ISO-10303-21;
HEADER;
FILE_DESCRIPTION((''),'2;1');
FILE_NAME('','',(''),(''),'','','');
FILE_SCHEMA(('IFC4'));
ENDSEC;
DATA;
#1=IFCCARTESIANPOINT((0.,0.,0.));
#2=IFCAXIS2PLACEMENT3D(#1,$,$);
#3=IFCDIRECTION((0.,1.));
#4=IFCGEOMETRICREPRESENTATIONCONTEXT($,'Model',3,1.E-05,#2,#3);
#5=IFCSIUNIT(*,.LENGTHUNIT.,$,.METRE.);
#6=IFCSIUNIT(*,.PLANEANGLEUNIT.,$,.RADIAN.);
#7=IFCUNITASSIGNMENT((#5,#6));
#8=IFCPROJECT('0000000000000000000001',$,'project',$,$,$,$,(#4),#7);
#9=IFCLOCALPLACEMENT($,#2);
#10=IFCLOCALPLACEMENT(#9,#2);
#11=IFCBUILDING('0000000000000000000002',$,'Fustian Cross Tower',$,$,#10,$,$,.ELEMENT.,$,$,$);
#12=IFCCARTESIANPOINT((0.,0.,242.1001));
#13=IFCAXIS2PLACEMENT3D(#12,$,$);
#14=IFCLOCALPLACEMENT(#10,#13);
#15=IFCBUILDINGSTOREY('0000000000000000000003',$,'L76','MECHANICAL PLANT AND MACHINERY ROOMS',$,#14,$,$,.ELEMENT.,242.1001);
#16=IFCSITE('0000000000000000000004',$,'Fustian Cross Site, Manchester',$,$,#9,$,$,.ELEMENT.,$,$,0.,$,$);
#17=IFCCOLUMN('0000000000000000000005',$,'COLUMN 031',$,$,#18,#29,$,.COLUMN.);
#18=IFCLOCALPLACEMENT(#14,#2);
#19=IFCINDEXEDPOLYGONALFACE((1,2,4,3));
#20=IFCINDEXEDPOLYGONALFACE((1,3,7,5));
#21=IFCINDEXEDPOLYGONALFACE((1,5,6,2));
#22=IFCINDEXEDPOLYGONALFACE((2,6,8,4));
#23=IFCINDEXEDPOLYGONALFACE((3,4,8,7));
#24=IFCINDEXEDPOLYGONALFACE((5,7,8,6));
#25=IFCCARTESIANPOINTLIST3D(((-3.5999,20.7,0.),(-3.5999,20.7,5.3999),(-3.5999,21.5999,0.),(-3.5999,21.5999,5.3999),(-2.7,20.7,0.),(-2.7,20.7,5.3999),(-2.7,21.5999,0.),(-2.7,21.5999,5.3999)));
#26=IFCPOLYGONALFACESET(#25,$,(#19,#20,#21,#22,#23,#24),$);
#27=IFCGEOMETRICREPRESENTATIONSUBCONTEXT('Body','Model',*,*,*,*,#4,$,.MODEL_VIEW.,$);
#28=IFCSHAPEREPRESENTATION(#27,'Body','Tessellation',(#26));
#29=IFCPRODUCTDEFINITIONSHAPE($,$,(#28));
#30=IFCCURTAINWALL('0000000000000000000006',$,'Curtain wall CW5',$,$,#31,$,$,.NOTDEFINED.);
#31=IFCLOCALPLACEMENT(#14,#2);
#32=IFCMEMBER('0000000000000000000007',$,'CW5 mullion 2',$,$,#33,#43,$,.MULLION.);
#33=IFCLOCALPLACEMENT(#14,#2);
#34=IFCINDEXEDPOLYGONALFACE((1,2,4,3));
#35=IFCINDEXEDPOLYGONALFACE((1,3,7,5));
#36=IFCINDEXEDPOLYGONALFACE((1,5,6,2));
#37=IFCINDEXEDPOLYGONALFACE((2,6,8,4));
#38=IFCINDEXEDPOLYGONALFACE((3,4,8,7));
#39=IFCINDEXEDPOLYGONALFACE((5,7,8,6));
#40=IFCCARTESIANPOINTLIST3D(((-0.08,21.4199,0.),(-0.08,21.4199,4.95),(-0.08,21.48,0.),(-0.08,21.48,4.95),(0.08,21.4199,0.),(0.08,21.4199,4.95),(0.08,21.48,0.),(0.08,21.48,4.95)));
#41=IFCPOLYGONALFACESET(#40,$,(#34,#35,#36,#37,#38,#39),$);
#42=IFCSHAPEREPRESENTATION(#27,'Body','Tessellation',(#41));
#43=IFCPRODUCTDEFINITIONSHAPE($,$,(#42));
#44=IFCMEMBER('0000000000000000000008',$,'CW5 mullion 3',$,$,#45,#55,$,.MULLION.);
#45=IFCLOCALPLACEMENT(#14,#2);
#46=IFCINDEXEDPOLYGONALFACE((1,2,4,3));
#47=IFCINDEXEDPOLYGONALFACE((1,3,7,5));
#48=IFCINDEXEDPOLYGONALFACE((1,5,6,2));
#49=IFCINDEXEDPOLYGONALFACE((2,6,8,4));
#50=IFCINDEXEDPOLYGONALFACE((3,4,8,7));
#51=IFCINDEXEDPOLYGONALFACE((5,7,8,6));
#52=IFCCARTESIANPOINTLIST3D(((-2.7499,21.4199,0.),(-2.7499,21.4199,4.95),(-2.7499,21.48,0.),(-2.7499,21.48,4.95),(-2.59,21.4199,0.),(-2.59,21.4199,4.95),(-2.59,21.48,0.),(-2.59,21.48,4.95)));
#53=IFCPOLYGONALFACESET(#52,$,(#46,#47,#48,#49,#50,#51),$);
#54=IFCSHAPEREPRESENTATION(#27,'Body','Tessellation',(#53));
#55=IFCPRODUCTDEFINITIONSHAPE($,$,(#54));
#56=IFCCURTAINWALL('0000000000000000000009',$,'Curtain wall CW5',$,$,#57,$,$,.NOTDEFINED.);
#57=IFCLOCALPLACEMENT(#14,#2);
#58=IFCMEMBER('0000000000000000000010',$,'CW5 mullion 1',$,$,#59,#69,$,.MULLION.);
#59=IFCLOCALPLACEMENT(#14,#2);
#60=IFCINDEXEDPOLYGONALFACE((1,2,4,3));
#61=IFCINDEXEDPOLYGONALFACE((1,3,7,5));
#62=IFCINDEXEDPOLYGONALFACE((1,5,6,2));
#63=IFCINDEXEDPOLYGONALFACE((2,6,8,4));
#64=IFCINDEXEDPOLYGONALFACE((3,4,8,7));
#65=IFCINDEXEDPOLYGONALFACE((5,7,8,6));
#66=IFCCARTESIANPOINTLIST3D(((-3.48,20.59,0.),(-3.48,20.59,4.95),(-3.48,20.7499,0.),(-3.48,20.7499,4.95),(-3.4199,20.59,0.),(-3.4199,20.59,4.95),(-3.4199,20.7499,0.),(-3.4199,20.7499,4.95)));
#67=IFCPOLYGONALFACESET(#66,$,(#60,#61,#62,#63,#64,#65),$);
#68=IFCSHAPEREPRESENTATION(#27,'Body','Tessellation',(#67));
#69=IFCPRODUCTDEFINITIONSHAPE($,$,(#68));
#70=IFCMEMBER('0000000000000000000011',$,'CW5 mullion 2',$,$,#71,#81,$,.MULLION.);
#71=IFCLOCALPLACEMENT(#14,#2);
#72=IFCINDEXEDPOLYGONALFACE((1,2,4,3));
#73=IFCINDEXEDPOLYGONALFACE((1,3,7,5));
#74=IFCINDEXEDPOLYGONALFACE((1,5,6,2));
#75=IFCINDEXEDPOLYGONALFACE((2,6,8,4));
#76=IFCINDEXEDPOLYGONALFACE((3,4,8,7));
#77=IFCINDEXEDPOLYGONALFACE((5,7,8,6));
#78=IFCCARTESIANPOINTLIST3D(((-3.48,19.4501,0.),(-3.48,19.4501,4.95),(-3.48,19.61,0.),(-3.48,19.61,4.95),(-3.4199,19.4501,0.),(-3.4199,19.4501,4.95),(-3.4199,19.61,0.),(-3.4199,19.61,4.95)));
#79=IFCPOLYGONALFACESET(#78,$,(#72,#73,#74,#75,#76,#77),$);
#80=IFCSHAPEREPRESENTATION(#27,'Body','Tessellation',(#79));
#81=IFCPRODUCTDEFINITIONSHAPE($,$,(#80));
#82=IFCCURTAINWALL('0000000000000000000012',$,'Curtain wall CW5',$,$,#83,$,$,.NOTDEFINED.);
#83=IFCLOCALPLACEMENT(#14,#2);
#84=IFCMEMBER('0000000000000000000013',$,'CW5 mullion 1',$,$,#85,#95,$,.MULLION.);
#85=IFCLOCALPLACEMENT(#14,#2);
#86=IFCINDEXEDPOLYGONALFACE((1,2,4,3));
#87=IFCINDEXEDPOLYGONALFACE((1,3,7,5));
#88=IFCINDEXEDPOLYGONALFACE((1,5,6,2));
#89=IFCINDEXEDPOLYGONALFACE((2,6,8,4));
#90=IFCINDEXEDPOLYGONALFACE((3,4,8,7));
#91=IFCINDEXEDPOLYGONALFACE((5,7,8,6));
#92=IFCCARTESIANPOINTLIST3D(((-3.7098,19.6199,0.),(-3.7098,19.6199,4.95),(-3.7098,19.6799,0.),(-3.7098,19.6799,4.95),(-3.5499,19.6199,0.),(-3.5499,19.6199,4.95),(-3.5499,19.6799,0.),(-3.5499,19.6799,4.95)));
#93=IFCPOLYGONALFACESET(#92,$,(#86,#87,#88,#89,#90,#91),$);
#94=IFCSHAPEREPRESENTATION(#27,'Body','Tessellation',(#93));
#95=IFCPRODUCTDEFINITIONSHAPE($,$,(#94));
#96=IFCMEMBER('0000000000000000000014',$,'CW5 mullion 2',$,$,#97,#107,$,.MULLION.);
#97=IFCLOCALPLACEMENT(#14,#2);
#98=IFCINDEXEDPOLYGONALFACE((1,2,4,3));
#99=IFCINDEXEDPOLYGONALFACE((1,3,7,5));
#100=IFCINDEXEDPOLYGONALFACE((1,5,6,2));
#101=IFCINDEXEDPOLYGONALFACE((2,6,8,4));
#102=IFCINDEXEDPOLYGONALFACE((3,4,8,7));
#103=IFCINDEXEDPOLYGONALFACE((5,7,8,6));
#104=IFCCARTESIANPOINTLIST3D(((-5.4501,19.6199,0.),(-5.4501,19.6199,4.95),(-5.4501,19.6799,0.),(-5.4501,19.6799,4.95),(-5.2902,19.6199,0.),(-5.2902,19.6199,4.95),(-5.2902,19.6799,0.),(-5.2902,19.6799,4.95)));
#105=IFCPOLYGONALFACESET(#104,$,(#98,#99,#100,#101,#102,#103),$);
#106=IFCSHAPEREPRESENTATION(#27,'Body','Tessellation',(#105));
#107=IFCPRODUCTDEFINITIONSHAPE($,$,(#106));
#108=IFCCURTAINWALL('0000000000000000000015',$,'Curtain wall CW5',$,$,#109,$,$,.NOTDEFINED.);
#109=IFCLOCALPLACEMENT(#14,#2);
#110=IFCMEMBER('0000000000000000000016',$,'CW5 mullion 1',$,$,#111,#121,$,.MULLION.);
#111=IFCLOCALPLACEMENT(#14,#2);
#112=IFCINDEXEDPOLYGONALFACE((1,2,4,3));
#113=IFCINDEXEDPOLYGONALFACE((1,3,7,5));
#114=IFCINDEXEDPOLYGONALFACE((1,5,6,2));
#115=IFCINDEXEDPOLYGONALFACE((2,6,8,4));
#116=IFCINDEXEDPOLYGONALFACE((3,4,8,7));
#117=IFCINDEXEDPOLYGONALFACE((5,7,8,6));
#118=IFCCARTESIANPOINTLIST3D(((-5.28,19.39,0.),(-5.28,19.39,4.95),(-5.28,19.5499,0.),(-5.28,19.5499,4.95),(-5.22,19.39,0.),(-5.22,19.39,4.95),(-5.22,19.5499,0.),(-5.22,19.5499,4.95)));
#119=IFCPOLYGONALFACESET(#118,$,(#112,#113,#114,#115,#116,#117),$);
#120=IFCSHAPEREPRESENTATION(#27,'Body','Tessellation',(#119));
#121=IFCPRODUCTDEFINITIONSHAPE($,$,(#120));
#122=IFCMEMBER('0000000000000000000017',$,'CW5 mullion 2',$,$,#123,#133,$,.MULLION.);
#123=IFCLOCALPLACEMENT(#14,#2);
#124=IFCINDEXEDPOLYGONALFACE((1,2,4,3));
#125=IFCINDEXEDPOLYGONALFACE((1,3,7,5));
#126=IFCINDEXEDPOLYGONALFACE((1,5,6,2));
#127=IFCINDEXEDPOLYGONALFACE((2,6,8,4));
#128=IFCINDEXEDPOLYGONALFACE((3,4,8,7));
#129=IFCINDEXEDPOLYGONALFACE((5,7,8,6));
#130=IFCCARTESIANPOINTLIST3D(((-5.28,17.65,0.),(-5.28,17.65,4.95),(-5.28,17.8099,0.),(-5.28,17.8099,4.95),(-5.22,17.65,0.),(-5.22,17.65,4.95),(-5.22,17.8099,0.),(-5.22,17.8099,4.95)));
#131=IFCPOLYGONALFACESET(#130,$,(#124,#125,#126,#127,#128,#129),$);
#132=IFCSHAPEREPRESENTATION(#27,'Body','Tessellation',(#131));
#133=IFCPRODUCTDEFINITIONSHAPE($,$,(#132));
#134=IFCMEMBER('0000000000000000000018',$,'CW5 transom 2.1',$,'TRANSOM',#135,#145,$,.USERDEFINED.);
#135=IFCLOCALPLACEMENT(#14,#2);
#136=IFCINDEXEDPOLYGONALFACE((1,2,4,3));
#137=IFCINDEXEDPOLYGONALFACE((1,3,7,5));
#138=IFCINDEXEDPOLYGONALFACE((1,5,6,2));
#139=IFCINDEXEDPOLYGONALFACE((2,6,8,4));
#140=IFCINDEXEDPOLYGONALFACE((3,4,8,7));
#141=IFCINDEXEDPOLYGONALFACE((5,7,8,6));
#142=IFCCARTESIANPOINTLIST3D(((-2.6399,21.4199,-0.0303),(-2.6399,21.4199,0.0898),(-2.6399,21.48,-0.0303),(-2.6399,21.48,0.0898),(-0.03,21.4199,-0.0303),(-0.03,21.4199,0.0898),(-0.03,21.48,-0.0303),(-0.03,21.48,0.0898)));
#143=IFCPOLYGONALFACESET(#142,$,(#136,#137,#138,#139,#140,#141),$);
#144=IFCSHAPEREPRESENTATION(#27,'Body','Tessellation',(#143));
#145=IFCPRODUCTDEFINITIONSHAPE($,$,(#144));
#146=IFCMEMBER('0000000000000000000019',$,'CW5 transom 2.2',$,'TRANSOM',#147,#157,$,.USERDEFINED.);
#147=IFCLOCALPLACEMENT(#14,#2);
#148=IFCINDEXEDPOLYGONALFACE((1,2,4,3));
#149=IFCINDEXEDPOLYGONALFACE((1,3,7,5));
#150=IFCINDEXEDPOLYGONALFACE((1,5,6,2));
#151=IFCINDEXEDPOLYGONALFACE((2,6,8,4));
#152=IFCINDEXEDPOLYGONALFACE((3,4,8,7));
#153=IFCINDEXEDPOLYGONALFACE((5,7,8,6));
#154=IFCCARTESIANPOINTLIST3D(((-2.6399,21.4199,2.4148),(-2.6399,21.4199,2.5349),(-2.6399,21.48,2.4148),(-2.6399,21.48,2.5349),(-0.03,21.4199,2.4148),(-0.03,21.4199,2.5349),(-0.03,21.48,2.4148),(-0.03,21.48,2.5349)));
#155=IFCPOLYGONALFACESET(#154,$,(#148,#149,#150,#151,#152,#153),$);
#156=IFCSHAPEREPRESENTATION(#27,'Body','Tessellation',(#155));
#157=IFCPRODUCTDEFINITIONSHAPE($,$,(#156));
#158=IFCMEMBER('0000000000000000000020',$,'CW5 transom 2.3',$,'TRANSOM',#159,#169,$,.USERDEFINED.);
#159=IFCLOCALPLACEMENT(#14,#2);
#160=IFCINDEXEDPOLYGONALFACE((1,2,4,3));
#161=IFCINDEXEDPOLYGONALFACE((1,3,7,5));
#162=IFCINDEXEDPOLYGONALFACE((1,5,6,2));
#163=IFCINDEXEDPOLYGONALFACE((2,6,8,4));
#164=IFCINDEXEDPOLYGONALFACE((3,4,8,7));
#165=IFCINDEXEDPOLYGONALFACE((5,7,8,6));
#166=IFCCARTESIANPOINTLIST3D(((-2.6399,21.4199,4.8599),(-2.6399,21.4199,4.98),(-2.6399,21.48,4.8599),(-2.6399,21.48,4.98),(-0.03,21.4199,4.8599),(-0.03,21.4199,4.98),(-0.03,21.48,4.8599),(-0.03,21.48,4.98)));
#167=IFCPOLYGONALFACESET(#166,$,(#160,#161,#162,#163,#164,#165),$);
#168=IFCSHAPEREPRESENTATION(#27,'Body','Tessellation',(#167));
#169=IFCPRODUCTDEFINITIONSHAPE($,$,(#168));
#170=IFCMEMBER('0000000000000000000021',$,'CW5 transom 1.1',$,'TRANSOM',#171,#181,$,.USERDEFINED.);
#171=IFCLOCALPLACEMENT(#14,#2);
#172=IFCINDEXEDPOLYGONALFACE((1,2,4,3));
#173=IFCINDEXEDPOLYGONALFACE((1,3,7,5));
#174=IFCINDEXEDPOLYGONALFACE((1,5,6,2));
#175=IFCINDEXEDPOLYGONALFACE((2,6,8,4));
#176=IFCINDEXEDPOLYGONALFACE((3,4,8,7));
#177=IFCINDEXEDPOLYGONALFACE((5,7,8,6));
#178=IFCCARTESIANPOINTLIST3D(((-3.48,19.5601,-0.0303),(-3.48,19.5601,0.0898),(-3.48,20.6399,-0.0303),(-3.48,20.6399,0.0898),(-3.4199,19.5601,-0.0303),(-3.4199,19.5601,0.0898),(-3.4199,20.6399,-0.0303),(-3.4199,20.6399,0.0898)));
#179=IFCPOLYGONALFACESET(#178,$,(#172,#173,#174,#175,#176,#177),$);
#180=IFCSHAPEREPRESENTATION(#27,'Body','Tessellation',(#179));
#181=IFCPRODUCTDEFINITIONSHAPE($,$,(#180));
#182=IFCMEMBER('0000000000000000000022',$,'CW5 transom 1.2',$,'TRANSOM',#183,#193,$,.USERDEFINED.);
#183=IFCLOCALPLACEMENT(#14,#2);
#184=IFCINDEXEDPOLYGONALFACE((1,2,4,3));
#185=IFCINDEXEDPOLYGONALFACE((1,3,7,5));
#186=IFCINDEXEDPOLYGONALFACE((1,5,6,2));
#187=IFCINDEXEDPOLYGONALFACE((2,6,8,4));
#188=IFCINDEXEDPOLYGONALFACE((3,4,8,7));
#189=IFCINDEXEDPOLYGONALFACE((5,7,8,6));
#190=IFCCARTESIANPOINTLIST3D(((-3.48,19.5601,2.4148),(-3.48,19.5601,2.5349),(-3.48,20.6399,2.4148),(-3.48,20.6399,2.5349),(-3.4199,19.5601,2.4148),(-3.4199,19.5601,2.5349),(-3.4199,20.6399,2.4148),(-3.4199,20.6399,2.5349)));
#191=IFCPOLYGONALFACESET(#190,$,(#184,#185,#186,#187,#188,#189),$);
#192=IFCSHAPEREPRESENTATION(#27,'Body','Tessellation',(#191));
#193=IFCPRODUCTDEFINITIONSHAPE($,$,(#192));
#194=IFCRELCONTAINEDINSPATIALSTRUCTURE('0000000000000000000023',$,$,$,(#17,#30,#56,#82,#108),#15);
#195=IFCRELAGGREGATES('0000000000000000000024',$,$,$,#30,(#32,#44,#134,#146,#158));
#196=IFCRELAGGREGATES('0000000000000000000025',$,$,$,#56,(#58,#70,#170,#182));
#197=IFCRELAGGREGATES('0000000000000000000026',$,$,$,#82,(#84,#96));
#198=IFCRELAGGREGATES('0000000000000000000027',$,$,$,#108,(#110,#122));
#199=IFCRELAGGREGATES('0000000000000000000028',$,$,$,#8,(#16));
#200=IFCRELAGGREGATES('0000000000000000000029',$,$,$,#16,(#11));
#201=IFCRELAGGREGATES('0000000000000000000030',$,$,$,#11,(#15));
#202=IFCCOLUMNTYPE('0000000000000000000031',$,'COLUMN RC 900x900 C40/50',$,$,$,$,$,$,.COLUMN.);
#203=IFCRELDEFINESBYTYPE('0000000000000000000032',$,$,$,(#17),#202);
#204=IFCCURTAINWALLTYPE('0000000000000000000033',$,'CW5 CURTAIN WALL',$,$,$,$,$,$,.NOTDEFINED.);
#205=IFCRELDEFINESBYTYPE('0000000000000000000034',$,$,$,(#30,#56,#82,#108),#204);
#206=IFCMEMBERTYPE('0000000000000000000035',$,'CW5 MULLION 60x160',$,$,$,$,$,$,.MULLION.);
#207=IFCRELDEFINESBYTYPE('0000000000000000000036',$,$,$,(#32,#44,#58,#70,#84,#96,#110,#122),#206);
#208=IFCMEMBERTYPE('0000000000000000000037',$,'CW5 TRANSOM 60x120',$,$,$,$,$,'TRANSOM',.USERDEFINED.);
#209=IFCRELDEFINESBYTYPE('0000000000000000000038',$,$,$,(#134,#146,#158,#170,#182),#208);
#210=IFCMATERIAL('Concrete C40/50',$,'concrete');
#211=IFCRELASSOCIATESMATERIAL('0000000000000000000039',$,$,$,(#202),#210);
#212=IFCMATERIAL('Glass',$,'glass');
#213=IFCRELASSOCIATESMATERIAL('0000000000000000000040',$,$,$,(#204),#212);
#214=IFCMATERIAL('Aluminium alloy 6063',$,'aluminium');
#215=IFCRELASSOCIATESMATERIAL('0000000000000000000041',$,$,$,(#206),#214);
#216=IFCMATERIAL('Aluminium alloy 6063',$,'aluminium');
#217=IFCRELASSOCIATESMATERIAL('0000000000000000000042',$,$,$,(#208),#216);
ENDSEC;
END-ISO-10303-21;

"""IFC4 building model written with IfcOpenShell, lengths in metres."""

from ifc_helpers import new_model, si_unit, direction, frame, origin, origin_2d, place, context, subcontext, project, spatial, rectangle, extrude, material, material_profile, profile_set, type_object, element, aggregate, save


model = new_model("IFC4")

# Units and contexts
model_context = context("Model", 3, precision=1e-05, world=origin(), true_north=direction((0.0, 1.0)))
body_context = subcontext(model_context, "Body", "Model", "MODEL_VIEW")
ifc_project = project(units=[si_unit("LENGTHUNIT", "METRE"), si_unit("PLANEANGLEUNIT", "RADIAN")], contexts=[model_context])

# Site, building, storey
site_placement = place(None, origin())
site = spatial("IfcSite", under=ifc_project, at=site_placement, Name="Fustian Cross Site, Manchester", CompositionType="ELEMENT", RefElevation=0.0)
building_placement = place(site_placement, origin())
building = spatial("IfcBuilding", under=site, at=building_placement, Name="Fustian Cross Tower", CompositionType="ELEMENT")
storey_placement = place(building_placement, frame((0.0, 0.0, 242.1001)))
storey = spatial("IfcBuildingStorey", under=building, at=storey_placement, Name="L76", Description="MECHANICAL PLANT AND MACHINERY ROOMS", CompositionType="ELEMENT", Elevation=242.1001)

# Column
ifc_material_1 = material(Name="Concrete C40/50", Category="concrete")
ifc_material_profile_1 = material_profile(ifc_material_1, rectangle(XDim=0.8999, YDim=0.8999, at=origin_2d()), Name="RC 900x900")
ifc_profile_set_1 = profile_set([ifc_material_profile_1], Name="Concrete C40/50")
column_type = type_object("IfcColumnType", Name="COLUMN RC 900x900 C40/50", PredefinedType="COLUMN", material=ifc_profile_set_1)
column_placement = place(storey_placement, frame((-3.1499, 21.1499, 0.0), z_axis=(0.0, 0.0, 1.0), x_axis=(1.0, 0.0, 0.0)))
element("IfcColumn", 1, at=column_placement, inside=storey, type_object=column_type, Name="COLUMN 031", PredefinedType="COLUMN", context=body_context, shape_type="SweptSolid", body=[
    extrude(rectangle(XDim=0.8999, YDim=0.8999, at=origin_2d()), origin(), (0.0, 0.0, 1.0), 5.3999),
])

# Curtain walls, members
ifc_material_2 = material(Name="Glass", Category="glass")
curtain_wall_type = type_object("IfcCurtainWallType", Name="CW5 CURTAIN WALL", PredefinedType="NOTDEFINED", material=ifc_material_2)
curtain_wall_1_placement = place(storey_placement, origin())
curtain_wall_1 = element("IfcCurtainWall", 2, at=curtain_wall_1_placement, inside=storey, type_object=curtain_wall_type, Name="Curtain wall CW5", PredefinedType="NOTDEFINED")
ifc_material_3 = material(Name="Aluminium alloy 6063", Category="aluminium")
ifc_material_profile_2 = material_profile(ifc_material_3, rectangle(XDim=0.0601, YDim=0.1599, at=origin_2d()), Name="CW5 MULLION 60x160")
ifc_profile_set_2 = profile_set([ifc_material_profile_2], Name="Aluminium alloy 6063")
member_type_1 = type_object("IfcMemberType", Name="CW5 MULLION 60x160", PredefinedType="MULLION", material=ifc_profile_set_2)
member_1_placement = place(storey_placement, frame((0.0, 21.45, 0.0), z_axis=(0.0, 0.0, 1.0), x_axis=(0.0, -1.0, 0.0)))
member_1 = element("IfcMember", 3, at=member_1_placement, type_object=member_type_1, Name="CW5 mullion 2", PredefinedType="MULLION", context=body_context, shape_type="SweptSolid", body=[
    extrude(rectangle(XDim=0.0601, YDim=0.1599, at=origin_2d()), origin(), (0.0, 0.0, 1.0), 4.95),
])
member_2_placement = place(storey_placement, frame((-2.6699, 21.45, 0.0), z_axis=(0.0, 0.0, 1.0), x_axis=(0.0, -1.0, 0.0)))
member_2 = element("IfcMember", 4, at=member_2_placement, type_object=member_type_1, Name="CW5 mullion 3", PredefinedType="MULLION", context=body_context, shape_type="SweptSolid", body=[
    extrude(rectangle(XDim=0.0601, YDim=0.1599, at=origin_2d()), origin(), (0.0, 0.0, 1.0), 4.95),
])
curtain_wall_2_placement = place(storey_placement, origin())
curtain_wall_2 = element("IfcCurtainWall", 5, at=curtain_wall_2_placement, inside=storey, type_object=curtain_wall_type, Name="Curtain wall CW5", PredefinedType="NOTDEFINED")
member_3_placement = place(storey_placement, frame((-3.45, 20.6699, 0.0), z_axis=(0.0, 0.0, 1.0), x_axis=(1.0, 0.0, 0.0)))
member_3 = element("IfcMember", 6, at=member_3_placement, type_object=member_type_1, Name="CW5 mullion 1", PredefinedType="MULLION", context=body_context, shape_type="SweptSolid", body=[
    extrude(rectangle(XDim=0.0601, YDim=0.1599, at=origin_2d()), origin(), (0.0, 0.0, 1.0), 4.95),
])
member_4_placement = place(storey_placement, frame((-3.45, 19.53, 0.0), z_axis=(0.0, 0.0, 1.0), x_axis=(1.0, 0.0, 0.0)))
member_4 = element("IfcMember", 7, at=member_4_placement, type_object=member_type_1, Name="CW5 mullion 2", PredefinedType="MULLION", context=body_context, shape_type="SweptSolid", body=[
    extrude(rectangle(XDim=0.0601, YDim=0.1599, at=origin_2d()), origin(), (0.0, 0.0, 1.0), 4.95),
])
curtain_wall_3_placement = place(storey_placement, origin())
curtain_wall_3 = element("IfcCurtainWall", 8, at=curtain_wall_3_placement, inside=storey, type_object=curtain_wall_type, Name="Curtain wall CW5", PredefinedType="NOTDEFINED")
member_5_placement = place(storey_placement, frame((-3.6299, 19.6499, 0.0), z_axis=(0.0, 0.0, 1.0), x_axis=(0.0, -1.0, 0.0)))
member_5 = element("IfcMember", 9, at=member_5_placement, type_object=member_type_1, Name="CW5 mullion 1", PredefinedType="MULLION", context=body_context, shape_type="SweptSolid", body=[
    extrude(rectangle(XDim=0.0601, YDim=0.1599, at=origin_2d()), origin(), (0.0, 0.0, 1.0), 4.95),
])
member_6_placement = place(storey_placement, frame((-5.3701, 19.6499, 0.0), z_axis=(0.0, 0.0, 1.0), x_axis=(0.0, -1.0, 0.0)))
member_6 = element("IfcMember", 10, at=member_6_placement, type_object=member_type_1, Name="CW5 mullion 2", PredefinedType="MULLION", context=body_context, shape_type="SweptSolid", body=[
    extrude(rectangle(XDim=0.0601, YDim=0.1599, at=origin_2d()), origin(), (0.0, 0.0, 1.0), 4.95),
])
curtain_wall_4_placement = place(storey_placement, origin())
curtain_wall_4 = element("IfcCurtainWall", 11, at=curtain_wall_4_placement, inside=storey, type_object=curtain_wall_type, Name="Curtain wall CW5", PredefinedType="NOTDEFINED")
member_7_placement = place(storey_placement, frame((-5.25, 19.47, 0.0), z_axis=(0.0, 0.0, 1.0), x_axis=(1.0, 0.0, 0.0)))
member_7 = element("IfcMember", 12, at=member_7_placement, type_object=member_type_1, Name="CW5 mullion 1", PredefinedType="MULLION", context=body_context, shape_type="SweptSolid", body=[
    extrude(rectangle(XDim=0.0601, YDim=0.1599, at=origin_2d()), origin(), (0.0, 0.0, 1.0), 4.95),
])
member_8_placement = place(storey_placement, frame((-5.25, 17.73, 0.0), z_axis=(0.0, 0.0, 1.0), x_axis=(1.0, 0.0, 0.0)))
member_8 = element("IfcMember", 13, at=member_8_placement, type_object=member_type_1, Name="CW5 mullion 2", PredefinedType="MULLION", context=body_context, shape_type="SweptSolid", body=[
    extrude(rectangle(XDim=0.0601, YDim=0.1599, at=origin_2d()), origin(), (0.0, 0.0, 1.0), 4.95),
])

# Members
ifc_material_4 = material(Name="Aluminium alloy 6063", Category="aluminium")
ifc_material_profile_3 = material_profile(ifc_material_4, rectangle(XDim=0.0601, YDim=0.1201, at=origin_2d()), Name="CW5 TRANSOM 60x120")
ifc_profile_set_3 = profile_set([ifc_material_profile_3], Name="Aluminium alloy 6063")
member_type_2 = type_object("IfcMemberType", Name="CW5 TRANSOM 60x120", ElementType="TRANSOM", PredefinedType="USERDEFINED", material=ifc_profile_set_3)
member_9_placement = place(storey_placement, frame((-0.03, 21.45, 0.0298), z_axis=(-1.0, 0.0, 0.0), x_axis=(0.0, -1.0, 0.0)))
member_9 = element("IfcMember", 14, at=member_9_placement, type_object=member_type_2, Name="CW5 transom 2.1", ObjectType="TRANSOM", PredefinedType="USERDEFINED", context=body_context, shape_type="SweptSolid", body=[
    extrude(rectangle(XDim=0.0601, YDim=0.1201, at=origin_2d()), origin(), (0.0, 0.0, 1.0), 2.6099),
])
member_10_placement = place(storey_placement, frame((-0.03, 21.45, 2.4749), z_axis=(-1.0, 0.0, 0.0), x_axis=(0.0, -1.0, 0.0)))
member_10 = element("IfcMember", 15, at=member_10_placement, type_object=member_type_2, Name="CW5 transom 2.2", ObjectType="TRANSOM", PredefinedType="USERDEFINED", context=body_context, shape_type="SweptSolid", body=[
    extrude(rectangle(XDim=0.0601, YDim=0.1201, at=origin_2d()), origin(), (0.0, 0.0, 1.0), 2.6099),
])
member_11_placement = place(storey_placement, frame((-0.03, 21.45, 4.9199), z_axis=(-1.0, 0.0, 0.0), x_axis=(0.0, -1.0, 0.0)))
member_11 = element("IfcMember", 16, at=member_11_placement, type_object=member_type_2, Name="CW5 transom 2.3", ObjectType="TRANSOM", PredefinedType="USERDEFINED", context=body_context, shape_type="SweptSolid", body=[
    extrude(rectangle(XDim=0.0601, YDim=0.1201, at=origin_2d()), origin(), (0.0, 0.0, 1.0), 2.6099),
])
member_12_placement = place(storey_placement, frame((-3.45, 20.6399, 0.0298), z_axis=(0.0, -1.0, 0.0), x_axis=(1.0, 0.0, 0.0)))
member_12 = element("IfcMember", 17, at=member_12_placement, type_object=member_type_2, Name="CW5 transom 1.1", ObjectType="TRANSOM", PredefinedType="USERDEFINED", context=body_context, shape_type="SweptSolid", body=[
    extrude(rectangle(XDim=0.0601, YDim=0.1201, at=origin_2d()), origin(), (0.0, 0.0, 1.0), 1.0798),
])
member_13_placement = place(storey_placement, frame((-3.45, 20.6399, 2.4749), z_axis=(0.0, -1.0, 0.0), x_axis=(1.0, 0.0, 0.0)))
member_13 = element("IfcMember", 18, at=member_13_placement, type_object=member_type_2, Name="CW5 transom 1.2", ObjectType="TRANSOM", PredefinedType="USERDEFINED", context=body_context, shape_type="SweptSolid", body=[
    extrude(rectangle(XDim=0.0601, YDim=0.1201, at=origin_2d()), origin(), (0.0, 0.0, 1.0), 1.0798),
])

aggregate(curtain_wall_1, [member_1, member_2, member_9, member_10, member_11])
aggregate(curtain_wall_2, [member_3, member_4, member_12, member_13])
aggregate(curtain_wall_3, [member_5, member_6])
aggregate(curtain_wall_4, [member_7, member_8])

save(model, "model.ifc")
